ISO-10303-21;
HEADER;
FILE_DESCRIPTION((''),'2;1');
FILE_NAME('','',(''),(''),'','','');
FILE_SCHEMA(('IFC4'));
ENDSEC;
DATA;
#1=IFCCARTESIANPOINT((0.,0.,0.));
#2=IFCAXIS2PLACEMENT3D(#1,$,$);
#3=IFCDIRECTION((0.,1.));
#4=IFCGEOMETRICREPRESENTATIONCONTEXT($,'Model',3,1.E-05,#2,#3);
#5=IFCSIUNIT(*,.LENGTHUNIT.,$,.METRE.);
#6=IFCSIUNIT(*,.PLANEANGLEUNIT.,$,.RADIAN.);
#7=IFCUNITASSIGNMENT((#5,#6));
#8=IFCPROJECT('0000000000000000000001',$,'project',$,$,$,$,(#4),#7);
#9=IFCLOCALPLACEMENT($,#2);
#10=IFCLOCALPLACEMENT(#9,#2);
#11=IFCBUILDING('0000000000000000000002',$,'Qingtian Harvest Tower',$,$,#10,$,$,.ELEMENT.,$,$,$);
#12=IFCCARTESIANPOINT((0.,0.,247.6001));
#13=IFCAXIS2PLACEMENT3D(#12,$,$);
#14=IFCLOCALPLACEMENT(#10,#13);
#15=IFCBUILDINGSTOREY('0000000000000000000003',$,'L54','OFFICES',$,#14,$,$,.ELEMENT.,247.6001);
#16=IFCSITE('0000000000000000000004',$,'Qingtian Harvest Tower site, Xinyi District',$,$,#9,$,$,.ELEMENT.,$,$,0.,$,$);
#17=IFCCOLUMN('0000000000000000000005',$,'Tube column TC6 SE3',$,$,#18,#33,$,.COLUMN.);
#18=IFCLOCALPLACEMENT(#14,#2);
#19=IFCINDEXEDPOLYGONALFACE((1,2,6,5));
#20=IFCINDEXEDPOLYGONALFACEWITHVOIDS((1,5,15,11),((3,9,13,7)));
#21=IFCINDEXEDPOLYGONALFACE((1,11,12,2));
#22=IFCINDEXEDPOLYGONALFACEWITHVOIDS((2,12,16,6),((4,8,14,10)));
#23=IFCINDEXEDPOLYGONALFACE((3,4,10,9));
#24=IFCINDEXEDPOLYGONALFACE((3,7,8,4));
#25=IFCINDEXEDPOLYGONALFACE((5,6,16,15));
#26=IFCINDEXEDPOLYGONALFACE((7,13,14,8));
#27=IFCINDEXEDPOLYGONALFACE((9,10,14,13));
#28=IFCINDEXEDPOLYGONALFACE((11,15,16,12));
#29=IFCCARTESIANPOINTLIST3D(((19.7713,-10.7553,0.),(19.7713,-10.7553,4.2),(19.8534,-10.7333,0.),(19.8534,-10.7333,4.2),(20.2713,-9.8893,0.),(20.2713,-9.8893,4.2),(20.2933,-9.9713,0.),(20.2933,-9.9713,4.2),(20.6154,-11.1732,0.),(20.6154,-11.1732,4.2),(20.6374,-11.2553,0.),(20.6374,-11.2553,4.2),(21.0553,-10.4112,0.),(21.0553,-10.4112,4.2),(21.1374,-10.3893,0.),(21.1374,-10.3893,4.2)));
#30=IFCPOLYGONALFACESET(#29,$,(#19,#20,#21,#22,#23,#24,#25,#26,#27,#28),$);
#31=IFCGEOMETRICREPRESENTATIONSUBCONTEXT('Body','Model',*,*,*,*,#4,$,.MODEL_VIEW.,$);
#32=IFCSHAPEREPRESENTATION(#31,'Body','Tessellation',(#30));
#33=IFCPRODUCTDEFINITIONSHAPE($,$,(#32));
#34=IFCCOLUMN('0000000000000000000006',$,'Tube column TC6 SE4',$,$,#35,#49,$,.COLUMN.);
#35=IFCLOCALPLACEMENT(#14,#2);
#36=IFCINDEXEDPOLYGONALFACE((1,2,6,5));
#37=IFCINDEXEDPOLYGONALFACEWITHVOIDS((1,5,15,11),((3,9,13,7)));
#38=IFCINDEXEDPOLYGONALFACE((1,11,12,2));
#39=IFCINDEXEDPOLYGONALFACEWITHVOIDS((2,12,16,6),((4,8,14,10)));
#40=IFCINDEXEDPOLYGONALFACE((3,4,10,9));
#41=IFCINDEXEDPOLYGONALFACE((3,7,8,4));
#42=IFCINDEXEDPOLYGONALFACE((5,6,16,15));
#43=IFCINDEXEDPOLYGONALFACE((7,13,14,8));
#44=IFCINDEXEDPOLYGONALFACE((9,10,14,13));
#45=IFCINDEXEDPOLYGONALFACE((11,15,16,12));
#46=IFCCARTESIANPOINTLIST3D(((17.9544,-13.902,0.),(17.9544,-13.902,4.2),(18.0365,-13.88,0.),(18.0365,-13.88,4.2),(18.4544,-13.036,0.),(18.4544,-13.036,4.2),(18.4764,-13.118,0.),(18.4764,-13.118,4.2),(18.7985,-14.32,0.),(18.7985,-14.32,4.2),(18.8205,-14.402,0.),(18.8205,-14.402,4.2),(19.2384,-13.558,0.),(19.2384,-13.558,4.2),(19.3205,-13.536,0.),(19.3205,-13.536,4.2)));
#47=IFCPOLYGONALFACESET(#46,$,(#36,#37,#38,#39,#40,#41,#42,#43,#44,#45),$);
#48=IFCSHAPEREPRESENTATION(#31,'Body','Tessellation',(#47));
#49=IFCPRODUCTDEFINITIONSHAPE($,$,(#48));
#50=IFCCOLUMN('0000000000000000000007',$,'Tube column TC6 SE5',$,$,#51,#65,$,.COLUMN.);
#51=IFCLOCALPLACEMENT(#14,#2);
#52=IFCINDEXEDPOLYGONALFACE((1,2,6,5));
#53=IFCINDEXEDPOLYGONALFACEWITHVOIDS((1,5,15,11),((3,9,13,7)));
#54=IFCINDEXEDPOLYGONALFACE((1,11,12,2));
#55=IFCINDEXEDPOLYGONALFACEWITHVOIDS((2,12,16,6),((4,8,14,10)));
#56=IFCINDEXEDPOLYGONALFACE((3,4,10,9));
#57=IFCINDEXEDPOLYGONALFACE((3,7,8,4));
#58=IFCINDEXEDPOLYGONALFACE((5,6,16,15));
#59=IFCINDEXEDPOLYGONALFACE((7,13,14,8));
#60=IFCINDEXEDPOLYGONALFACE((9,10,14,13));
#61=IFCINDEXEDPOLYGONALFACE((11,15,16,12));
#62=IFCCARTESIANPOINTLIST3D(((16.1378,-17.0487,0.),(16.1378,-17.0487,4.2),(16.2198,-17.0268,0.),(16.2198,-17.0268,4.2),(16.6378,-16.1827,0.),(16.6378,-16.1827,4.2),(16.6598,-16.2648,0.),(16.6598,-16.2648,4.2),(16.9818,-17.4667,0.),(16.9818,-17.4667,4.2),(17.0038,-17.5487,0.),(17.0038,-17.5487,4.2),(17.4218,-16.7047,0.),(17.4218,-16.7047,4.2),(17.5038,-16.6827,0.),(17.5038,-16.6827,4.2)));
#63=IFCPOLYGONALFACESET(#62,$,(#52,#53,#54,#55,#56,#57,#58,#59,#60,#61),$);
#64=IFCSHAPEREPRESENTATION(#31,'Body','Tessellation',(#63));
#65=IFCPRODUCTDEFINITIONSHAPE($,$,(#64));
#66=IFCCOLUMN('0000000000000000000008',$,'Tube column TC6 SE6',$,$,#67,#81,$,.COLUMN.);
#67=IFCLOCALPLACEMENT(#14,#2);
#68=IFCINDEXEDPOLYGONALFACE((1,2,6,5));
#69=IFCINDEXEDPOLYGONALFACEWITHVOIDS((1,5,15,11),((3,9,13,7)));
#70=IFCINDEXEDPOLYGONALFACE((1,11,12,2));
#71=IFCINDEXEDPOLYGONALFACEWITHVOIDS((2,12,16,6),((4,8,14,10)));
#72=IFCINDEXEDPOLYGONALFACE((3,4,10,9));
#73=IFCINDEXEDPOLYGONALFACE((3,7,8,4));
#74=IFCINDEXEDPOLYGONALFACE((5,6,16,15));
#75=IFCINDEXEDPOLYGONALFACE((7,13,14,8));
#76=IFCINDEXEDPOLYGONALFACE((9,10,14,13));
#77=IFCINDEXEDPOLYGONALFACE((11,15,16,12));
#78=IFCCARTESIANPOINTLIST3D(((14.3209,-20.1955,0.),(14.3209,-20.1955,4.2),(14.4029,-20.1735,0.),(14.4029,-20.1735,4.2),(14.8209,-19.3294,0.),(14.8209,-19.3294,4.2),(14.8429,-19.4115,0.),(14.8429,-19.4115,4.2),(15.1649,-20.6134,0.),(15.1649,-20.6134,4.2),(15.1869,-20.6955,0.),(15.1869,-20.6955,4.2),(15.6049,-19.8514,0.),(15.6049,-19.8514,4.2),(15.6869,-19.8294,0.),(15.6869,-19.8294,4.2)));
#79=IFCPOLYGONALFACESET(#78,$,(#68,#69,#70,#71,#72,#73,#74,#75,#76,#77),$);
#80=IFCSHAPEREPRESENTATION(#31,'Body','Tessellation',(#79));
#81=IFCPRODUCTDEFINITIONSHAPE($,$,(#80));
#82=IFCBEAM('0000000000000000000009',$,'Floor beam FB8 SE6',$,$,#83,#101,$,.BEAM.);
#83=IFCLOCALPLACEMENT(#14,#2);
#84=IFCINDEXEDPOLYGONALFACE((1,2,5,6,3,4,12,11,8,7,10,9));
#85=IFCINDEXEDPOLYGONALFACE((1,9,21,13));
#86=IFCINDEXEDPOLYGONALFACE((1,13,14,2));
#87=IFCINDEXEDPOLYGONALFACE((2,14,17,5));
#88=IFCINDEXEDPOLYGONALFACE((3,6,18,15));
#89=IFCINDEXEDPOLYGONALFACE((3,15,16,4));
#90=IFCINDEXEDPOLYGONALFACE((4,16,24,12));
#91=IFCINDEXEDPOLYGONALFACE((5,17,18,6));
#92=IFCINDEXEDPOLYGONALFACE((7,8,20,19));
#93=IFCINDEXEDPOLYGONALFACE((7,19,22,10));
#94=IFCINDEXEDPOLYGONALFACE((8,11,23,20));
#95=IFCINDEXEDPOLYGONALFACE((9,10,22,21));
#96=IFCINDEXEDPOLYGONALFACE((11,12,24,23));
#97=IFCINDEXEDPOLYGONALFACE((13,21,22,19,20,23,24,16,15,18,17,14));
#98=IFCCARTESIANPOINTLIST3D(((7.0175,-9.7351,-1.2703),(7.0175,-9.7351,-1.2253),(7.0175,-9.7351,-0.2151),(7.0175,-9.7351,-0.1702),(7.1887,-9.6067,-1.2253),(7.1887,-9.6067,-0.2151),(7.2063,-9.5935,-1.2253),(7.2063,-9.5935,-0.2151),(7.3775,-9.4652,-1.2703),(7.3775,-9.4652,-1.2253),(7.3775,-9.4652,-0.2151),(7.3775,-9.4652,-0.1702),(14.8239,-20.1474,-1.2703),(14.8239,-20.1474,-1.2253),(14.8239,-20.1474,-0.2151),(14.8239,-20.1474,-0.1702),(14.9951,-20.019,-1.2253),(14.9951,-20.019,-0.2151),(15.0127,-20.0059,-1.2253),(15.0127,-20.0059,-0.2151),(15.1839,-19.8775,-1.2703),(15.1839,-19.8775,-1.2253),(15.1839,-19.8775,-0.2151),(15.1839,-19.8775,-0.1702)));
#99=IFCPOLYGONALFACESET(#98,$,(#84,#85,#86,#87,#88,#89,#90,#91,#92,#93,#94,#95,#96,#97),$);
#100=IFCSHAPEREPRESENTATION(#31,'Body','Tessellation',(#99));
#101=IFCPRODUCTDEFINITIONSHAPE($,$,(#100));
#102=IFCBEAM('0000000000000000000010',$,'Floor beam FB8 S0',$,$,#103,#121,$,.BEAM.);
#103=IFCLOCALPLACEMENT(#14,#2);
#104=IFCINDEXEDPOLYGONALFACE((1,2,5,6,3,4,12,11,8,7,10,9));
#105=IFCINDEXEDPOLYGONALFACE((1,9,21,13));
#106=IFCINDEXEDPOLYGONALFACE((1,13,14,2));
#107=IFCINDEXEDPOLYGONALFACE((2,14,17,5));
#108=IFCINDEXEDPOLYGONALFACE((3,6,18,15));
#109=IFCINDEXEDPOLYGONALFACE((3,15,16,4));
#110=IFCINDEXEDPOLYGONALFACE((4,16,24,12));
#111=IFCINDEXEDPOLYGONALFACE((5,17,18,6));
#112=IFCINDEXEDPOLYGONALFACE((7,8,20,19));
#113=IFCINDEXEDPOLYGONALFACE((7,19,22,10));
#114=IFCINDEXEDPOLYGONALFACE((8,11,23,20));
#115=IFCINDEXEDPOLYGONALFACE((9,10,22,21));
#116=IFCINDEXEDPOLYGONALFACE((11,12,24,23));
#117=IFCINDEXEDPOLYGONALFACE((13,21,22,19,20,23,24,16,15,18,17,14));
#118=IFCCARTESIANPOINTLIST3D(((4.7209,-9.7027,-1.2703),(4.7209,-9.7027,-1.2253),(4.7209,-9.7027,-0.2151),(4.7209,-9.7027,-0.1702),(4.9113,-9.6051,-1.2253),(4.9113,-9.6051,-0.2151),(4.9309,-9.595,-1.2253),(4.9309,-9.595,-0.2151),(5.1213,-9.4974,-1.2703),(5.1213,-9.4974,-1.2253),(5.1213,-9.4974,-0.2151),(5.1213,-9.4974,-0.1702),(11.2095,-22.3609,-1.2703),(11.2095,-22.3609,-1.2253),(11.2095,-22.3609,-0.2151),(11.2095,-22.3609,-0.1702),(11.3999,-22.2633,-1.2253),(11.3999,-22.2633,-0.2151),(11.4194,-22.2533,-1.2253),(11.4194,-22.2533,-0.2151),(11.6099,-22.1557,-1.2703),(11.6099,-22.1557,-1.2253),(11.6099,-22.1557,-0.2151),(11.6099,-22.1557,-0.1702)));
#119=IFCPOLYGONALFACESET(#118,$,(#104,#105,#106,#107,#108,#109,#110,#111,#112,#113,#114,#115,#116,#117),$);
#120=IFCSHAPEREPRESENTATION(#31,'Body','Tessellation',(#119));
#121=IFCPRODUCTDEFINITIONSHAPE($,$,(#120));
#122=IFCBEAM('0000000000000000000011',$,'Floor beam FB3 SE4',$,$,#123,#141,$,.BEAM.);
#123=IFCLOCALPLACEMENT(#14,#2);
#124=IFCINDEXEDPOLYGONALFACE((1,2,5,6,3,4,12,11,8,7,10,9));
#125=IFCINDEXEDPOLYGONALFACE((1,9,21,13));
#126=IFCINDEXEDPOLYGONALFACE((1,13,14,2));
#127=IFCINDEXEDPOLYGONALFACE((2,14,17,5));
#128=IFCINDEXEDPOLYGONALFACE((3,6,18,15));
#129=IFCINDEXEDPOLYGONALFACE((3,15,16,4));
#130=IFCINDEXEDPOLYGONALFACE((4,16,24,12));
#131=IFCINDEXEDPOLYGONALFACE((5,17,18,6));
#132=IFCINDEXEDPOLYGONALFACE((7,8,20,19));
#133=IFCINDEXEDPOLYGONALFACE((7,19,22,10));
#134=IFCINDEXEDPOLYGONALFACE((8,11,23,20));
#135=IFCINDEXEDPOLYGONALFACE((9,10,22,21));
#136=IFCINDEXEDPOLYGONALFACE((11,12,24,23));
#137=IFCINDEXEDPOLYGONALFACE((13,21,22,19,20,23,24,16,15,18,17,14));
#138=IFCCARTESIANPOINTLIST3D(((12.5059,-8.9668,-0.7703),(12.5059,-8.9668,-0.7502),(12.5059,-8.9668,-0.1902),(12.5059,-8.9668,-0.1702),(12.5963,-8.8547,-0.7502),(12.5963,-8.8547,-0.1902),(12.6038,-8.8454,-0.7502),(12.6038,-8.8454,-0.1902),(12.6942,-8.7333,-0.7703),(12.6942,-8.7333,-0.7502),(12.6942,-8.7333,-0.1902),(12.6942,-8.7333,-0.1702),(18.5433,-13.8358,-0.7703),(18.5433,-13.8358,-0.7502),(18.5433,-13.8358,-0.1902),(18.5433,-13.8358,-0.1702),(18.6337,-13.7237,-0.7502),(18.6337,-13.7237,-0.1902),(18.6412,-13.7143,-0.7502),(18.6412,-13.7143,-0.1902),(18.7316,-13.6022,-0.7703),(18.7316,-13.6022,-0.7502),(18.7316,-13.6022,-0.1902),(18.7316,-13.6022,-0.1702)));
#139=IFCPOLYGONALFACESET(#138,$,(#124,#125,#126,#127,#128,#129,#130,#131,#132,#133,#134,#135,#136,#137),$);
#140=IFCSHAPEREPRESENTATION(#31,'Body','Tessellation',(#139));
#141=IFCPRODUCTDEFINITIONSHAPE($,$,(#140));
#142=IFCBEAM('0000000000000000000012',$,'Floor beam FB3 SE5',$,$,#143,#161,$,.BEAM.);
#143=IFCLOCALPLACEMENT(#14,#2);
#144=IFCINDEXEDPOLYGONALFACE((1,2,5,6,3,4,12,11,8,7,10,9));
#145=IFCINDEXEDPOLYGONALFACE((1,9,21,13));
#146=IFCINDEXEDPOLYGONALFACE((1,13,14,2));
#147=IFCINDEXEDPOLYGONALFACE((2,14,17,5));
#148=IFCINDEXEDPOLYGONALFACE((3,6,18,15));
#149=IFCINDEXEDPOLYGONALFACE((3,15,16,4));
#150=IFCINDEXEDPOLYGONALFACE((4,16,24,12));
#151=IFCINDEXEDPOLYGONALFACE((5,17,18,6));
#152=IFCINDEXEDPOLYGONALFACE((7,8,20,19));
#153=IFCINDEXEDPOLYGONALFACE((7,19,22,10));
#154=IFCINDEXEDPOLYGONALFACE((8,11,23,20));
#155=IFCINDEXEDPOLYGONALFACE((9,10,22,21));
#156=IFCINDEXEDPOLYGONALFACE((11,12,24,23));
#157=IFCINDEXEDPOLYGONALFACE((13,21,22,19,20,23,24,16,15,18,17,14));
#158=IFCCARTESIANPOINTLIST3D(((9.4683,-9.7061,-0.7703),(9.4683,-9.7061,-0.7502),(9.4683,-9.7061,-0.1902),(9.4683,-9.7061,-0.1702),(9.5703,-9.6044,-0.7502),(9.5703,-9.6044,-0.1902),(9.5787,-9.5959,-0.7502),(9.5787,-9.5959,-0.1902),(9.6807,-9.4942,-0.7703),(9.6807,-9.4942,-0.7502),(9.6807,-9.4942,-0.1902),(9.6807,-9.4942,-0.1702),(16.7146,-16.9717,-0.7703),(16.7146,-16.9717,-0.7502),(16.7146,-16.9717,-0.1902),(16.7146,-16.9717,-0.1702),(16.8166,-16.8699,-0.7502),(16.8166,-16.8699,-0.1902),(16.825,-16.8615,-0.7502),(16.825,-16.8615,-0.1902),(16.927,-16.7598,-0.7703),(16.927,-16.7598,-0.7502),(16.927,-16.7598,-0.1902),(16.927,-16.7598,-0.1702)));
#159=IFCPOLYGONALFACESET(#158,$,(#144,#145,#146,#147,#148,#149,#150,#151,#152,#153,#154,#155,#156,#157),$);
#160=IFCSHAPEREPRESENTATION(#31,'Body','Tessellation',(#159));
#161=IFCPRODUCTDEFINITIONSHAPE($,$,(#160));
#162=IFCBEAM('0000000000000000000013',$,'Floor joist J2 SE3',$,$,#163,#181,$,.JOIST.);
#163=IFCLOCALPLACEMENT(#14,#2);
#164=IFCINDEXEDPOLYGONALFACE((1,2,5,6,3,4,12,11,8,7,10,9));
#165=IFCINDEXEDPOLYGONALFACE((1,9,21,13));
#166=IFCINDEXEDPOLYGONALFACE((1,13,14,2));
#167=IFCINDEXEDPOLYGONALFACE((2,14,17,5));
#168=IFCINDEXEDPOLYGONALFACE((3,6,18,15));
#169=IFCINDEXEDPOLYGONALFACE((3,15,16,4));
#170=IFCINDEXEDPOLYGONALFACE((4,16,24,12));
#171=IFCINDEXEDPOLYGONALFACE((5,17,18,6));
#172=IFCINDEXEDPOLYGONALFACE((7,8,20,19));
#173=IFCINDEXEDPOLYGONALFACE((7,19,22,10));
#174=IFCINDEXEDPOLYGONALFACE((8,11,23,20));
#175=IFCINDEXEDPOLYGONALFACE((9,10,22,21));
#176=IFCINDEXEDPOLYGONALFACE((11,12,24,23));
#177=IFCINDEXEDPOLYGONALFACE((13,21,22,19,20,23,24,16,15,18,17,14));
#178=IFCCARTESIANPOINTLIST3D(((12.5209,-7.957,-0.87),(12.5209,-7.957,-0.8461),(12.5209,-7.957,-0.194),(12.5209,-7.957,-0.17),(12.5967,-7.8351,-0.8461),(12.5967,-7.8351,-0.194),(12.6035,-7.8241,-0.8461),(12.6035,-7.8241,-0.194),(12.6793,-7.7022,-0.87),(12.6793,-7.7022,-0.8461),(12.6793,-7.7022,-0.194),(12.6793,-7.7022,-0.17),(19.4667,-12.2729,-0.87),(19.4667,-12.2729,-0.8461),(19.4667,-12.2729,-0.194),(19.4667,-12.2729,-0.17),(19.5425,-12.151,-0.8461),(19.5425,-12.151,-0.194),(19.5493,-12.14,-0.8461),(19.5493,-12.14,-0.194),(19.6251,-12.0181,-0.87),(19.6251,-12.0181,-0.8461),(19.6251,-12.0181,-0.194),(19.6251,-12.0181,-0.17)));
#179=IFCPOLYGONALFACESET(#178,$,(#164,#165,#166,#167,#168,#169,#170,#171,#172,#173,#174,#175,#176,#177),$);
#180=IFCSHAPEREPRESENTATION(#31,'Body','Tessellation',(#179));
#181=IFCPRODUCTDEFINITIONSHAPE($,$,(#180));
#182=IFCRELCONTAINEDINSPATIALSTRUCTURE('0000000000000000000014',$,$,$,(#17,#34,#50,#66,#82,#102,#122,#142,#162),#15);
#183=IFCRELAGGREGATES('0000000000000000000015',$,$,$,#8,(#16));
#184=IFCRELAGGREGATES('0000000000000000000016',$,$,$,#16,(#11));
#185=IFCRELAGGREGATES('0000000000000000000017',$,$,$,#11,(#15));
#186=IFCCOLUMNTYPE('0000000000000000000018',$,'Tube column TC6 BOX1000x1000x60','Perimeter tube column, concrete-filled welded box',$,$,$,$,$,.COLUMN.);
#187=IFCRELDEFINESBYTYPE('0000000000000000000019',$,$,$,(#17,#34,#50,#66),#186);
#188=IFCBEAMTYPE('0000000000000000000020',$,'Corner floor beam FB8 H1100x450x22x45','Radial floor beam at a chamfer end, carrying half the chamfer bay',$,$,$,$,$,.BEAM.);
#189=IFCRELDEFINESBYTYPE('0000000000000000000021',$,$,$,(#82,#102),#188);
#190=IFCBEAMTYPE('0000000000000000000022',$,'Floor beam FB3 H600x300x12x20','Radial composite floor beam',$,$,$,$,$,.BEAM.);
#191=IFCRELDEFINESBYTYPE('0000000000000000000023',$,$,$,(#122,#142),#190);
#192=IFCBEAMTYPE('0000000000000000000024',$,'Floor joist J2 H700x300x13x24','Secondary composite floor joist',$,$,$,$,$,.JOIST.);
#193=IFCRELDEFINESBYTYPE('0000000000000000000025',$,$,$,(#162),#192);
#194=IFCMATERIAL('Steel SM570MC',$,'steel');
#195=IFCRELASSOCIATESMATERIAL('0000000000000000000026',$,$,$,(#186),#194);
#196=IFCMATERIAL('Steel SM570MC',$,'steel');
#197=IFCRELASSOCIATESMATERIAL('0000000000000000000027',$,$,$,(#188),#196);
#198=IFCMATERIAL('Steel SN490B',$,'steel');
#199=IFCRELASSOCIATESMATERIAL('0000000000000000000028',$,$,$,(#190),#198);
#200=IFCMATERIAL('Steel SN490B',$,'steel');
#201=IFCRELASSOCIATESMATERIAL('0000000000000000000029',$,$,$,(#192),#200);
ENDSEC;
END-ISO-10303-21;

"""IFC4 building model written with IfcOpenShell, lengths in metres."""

from ifc_helpers import new_model, si_unit, direction, frame, origin, origin_2d, place, context, subcontext, project, spatial, hollow_rectangle, i_section, extrude, material, material_profile, profile_set, type_object, element, save


model = new_model("IFC4")

# Units and contexts
model_context = context("Model", 3, precision=1e-05, world=origin(), true_north=direction((0.0, 1.0)))
body_context = subcontext(model_context, "Body", "Model", "MODEL_VIEW")
ifc_project = project(units=[si_unit("LENGTHUNIT", "METRE"), si_unit("PLANEANGLEUNIT", "RADIAN")], contexts=[model_context])

# Site, building, storey
site_placement = place(None, origin())
site = spatial("IfcSite", under=ifc_project, at=site_placement, Name="Qingtian Harvest Tower site, Xinyi District", CompositionType="ELEMENT", RefElevation=0.0)
building_placement = place(site_placement, origin())
building = spatial("IfcBuilding", under=site, at=building_placement, Name="Qingtian Harvest Tower", CompositionType="ELEMENT")
storey_placement = place(building_placement, frame((0.0, 0.0, 247.6001)))
storey = spatial("IfcBuildingStorey", under=building, at=storey_placement, Name="L54", Description="OFFICES", CompositionType="ELEMENT", Elevation=247.6001)

# Columns
ifc_material_1 = material(Name="Steel SM570MC", Category="steel")
ifc_material_profile_1 = material_profile(ifc_material_1, hollow_rectangle(XDim=1.0, YDim=1.0, WallThickness=0.0601, at=origin_2d()), Name="BOX1000x1000x60")
ifc_profile_set_1 = profile_set([ifc_material_profile_1], Name="Steel SM570MC")
column_type = type_object("IfcColumnType", Name="Tube column TC6 BOX1000x1000x60", Description="Perimeter tube column, concrete-filled welded box", PredefinedType="COLUMN", material=ifc_profile_set_1)
for number, where, z_axis, x_axis, name in (
    (1, (20.4543, -10.5723, 0.0), (0.0, 0.0, 1.0), (0.5, 0.866025, 0.0), "Tube column TC6 SE3"),
    (2, (18.6375, -13.719, 0.0), (0.0, 0.0, 1.0), (0.5, 0.866025, 0.0), "Tube column TC6 SE4"),
    (3, (16.8208, -16.8657, 0.0), (0.0, 0.0, 1.0), (0.5, 0.866025, 0.0), "Tube column TC6 SE5"),
    (4, (15.0039, -20.0125, 0.0), (0.0, 0.0, 1.0), (0.5, 0.866025, 0.0), "Tube column TC6 SE6"),
):
    element("IfcColumn", number, at=place(storey_placement, frame(where, z_axis=z_axis, x_axis=x_axis)), inside=storey, type_object=column_type, Name=name, PredefinedType="COLUMN", context=body_context, shape_type="SweptSolid", body=[
        extrude(hollow_rectangle(XDim=1.0, YDim=1.0, WallThickness=0.0601, at=origin_2d()), origin(), (0.0, 0.0, 1.0), 4.2),
    ])

# Beams
ifc_material_2 = material(Name="Steel SM570MC", Category="steel")
ifc_material_profile_2 = material_profile(ifc_material_2, i_section(OverallWidth=0.45, OverallDepth=1.1001, WebThickness=0.022, FlangeThickness=0.0449, at=origin_2d()), Name="H1100x450x22x45")
ifc_profile_set_2 = profile_set([ifc_material_profile_2], Name="Steel SM570MC")
beam_type_1 = type_object("IfcBeamType", Name="Corner floor beam FB8 H1100x450x22x45", Description="Radial floor beam at a chamfer end, carrying half the chamfer bay", PredefinedType="BEAM", material=ifc_profile_set_2)
beam_1_placement = place(storey_placement, frame((15.0039, -20.0125, -0.7202), z_axis=(-0.599859, 0.800106, 0.0), x_axis=(-0.800106, -0.599859, 0.0)))
element("IfcBeam", 5, at=beam_1_placement, inside=storey, type_object=beam_type_1, Name="Floor beam FB8 SE6", PredefinedType="BEAM", context=body_context, shape_type="SweptSolid", body=[
    extrude(i_section(OverallWidth=0.45, OverallDepth=1.1001, WebThickness=0.022, FlangeThickness=0.0449, at=origin_2d()), origin(), (0.0, 0.0, 1.0), 13.0137),
])
beam_2_placement = place(storey_placement, frame((11.4097, -22.2583, -0.7202), z_axis=(-0.456157, 0.889899, 0.0), x_axis=(-0.889899, -0.456157, 0.0)))
element("IfcBeam", 6, at=beam_2_placement, inside=storey, type_object=beam_type_1, Name="Floor beam FB8 S0", PredefinedType="BEAM", context=body_context, shape_type="SweptSolid", body=[
    extrude(i_section(OverallWidth=0.45, OverallDepth=1.1001, WebThickness=0.022, FlangeThickness=0.0449, at=origin_2d()), origin(), (0.0, 0.0, 1.0), 14.2244),
])
ifc_material_3 = material(Name="Steel SN490B", Category="steel")
ifc_material_profile_3 = material_profile(ifc_material_3, i_section(OverallWidth=0.3, OverallDepth=0.6001, WebThickness=0.012, FlangeThickness=0.02, at=origin_2d()), Name="H600x300x12x20")
ifc_profile_set_3 = profile_set([ifc_material_profile_3], Name="Steel SN490B")
beam_type_2 = type_object("IfcBeamType", Name="Floor beam FB3 H600x300x12x20", Description="Radial composite floor beam", PredefinedType="BEAM", material=ifc_profile_set_3)
beam_3_placement = place(storey_placement, frame((18.6375, -13.719, -0.4702), z_axis=(-0.778409, 0.627757, 0.0), x_axis=(-0.627757, -0.778409, 0.0)))
element("IfcBeam", 7, at=beam_3_placement, inside=storey, type_object=beam_type_2, Name="Floor beam FB3 SE4", PredefinedType="BEAM", context=body_context, shape_type="SweptSolid", body=[
    extrude(i_section(OverallWidth=0.3, OverallDepth=0.6001, WebThickness=0.012, FlangeThickness=0.02, at=origin_2d()), origin(), (0.0, 0.0, 1.0), 7.7561),
])
beam_4_placement = place(storey_placement, frame((16.8208, -16.8657, -0.4702), z_axis=(-0.706166, 0.708046, 0.0), x_axis=(-0.708046, -0.706166, 0.0)))
element("IfcBeam", 8, at=beam_4_placement, inside=storey, type_object=beam_type_2, Name="Floor beam FB3 SE5", PredefinedType="BEAM", context=body_context, shape_type="SweptSolid", body=[
    extrude(i_section(OverallWidth=0.3, OverallDepth=0.6001, WebThickness=0.012, FlangeThickness=0.02, at=origin_2d()), origin(), (0.0, 0.0, 1.0), 10.2615),
])
ifc_material_4 = material(Name="Steel SN490B", Category="steel")
ifc_material_profile_4 = material_profile(ifc_material_4, i_section(OverallWidth=0.3, OverallDepth=0.7, WebThickness=0.0129, FlangeThickness=0.0239, at=origin_2d()), Name="H700x300x13x24")
ifc_profile_set_4 = profile_set([ifc_material_profile_4], Name="Steel SN490B")
beam_type_3 = type_object("IfcBeamType", Name="Floor joist J2 H700x300x13x24", Description="Secondary composite floor joist", PredefinedType="JOIST", material=ifc_profile_set_4)
beam_5_placement = place(storey_placement, frame((19.5459, -12.1455, -0.52), z_axis=(-0.849381, 0.52778, 0.0), x_axis=(-0.52778, -0.849381, 0.0)))
element("IfcBeam", 9, at=beam_5_placement, inside=storey, type_object=beam_type_3, Name="Floor joist J2 SE3", PredefinedType="JOIST", context=body_context, shape_type="SweptSolid", body=[
    extrude(i_section(OverallWidth=0.3, OverallDepth=0.7, WebThickness=0.0129, FlangeThickness=0.0239, at=origin_2d()), origin(), (0.0, 0.0, 1.0), 8.1775),
])

save(model, "model.ifc")
